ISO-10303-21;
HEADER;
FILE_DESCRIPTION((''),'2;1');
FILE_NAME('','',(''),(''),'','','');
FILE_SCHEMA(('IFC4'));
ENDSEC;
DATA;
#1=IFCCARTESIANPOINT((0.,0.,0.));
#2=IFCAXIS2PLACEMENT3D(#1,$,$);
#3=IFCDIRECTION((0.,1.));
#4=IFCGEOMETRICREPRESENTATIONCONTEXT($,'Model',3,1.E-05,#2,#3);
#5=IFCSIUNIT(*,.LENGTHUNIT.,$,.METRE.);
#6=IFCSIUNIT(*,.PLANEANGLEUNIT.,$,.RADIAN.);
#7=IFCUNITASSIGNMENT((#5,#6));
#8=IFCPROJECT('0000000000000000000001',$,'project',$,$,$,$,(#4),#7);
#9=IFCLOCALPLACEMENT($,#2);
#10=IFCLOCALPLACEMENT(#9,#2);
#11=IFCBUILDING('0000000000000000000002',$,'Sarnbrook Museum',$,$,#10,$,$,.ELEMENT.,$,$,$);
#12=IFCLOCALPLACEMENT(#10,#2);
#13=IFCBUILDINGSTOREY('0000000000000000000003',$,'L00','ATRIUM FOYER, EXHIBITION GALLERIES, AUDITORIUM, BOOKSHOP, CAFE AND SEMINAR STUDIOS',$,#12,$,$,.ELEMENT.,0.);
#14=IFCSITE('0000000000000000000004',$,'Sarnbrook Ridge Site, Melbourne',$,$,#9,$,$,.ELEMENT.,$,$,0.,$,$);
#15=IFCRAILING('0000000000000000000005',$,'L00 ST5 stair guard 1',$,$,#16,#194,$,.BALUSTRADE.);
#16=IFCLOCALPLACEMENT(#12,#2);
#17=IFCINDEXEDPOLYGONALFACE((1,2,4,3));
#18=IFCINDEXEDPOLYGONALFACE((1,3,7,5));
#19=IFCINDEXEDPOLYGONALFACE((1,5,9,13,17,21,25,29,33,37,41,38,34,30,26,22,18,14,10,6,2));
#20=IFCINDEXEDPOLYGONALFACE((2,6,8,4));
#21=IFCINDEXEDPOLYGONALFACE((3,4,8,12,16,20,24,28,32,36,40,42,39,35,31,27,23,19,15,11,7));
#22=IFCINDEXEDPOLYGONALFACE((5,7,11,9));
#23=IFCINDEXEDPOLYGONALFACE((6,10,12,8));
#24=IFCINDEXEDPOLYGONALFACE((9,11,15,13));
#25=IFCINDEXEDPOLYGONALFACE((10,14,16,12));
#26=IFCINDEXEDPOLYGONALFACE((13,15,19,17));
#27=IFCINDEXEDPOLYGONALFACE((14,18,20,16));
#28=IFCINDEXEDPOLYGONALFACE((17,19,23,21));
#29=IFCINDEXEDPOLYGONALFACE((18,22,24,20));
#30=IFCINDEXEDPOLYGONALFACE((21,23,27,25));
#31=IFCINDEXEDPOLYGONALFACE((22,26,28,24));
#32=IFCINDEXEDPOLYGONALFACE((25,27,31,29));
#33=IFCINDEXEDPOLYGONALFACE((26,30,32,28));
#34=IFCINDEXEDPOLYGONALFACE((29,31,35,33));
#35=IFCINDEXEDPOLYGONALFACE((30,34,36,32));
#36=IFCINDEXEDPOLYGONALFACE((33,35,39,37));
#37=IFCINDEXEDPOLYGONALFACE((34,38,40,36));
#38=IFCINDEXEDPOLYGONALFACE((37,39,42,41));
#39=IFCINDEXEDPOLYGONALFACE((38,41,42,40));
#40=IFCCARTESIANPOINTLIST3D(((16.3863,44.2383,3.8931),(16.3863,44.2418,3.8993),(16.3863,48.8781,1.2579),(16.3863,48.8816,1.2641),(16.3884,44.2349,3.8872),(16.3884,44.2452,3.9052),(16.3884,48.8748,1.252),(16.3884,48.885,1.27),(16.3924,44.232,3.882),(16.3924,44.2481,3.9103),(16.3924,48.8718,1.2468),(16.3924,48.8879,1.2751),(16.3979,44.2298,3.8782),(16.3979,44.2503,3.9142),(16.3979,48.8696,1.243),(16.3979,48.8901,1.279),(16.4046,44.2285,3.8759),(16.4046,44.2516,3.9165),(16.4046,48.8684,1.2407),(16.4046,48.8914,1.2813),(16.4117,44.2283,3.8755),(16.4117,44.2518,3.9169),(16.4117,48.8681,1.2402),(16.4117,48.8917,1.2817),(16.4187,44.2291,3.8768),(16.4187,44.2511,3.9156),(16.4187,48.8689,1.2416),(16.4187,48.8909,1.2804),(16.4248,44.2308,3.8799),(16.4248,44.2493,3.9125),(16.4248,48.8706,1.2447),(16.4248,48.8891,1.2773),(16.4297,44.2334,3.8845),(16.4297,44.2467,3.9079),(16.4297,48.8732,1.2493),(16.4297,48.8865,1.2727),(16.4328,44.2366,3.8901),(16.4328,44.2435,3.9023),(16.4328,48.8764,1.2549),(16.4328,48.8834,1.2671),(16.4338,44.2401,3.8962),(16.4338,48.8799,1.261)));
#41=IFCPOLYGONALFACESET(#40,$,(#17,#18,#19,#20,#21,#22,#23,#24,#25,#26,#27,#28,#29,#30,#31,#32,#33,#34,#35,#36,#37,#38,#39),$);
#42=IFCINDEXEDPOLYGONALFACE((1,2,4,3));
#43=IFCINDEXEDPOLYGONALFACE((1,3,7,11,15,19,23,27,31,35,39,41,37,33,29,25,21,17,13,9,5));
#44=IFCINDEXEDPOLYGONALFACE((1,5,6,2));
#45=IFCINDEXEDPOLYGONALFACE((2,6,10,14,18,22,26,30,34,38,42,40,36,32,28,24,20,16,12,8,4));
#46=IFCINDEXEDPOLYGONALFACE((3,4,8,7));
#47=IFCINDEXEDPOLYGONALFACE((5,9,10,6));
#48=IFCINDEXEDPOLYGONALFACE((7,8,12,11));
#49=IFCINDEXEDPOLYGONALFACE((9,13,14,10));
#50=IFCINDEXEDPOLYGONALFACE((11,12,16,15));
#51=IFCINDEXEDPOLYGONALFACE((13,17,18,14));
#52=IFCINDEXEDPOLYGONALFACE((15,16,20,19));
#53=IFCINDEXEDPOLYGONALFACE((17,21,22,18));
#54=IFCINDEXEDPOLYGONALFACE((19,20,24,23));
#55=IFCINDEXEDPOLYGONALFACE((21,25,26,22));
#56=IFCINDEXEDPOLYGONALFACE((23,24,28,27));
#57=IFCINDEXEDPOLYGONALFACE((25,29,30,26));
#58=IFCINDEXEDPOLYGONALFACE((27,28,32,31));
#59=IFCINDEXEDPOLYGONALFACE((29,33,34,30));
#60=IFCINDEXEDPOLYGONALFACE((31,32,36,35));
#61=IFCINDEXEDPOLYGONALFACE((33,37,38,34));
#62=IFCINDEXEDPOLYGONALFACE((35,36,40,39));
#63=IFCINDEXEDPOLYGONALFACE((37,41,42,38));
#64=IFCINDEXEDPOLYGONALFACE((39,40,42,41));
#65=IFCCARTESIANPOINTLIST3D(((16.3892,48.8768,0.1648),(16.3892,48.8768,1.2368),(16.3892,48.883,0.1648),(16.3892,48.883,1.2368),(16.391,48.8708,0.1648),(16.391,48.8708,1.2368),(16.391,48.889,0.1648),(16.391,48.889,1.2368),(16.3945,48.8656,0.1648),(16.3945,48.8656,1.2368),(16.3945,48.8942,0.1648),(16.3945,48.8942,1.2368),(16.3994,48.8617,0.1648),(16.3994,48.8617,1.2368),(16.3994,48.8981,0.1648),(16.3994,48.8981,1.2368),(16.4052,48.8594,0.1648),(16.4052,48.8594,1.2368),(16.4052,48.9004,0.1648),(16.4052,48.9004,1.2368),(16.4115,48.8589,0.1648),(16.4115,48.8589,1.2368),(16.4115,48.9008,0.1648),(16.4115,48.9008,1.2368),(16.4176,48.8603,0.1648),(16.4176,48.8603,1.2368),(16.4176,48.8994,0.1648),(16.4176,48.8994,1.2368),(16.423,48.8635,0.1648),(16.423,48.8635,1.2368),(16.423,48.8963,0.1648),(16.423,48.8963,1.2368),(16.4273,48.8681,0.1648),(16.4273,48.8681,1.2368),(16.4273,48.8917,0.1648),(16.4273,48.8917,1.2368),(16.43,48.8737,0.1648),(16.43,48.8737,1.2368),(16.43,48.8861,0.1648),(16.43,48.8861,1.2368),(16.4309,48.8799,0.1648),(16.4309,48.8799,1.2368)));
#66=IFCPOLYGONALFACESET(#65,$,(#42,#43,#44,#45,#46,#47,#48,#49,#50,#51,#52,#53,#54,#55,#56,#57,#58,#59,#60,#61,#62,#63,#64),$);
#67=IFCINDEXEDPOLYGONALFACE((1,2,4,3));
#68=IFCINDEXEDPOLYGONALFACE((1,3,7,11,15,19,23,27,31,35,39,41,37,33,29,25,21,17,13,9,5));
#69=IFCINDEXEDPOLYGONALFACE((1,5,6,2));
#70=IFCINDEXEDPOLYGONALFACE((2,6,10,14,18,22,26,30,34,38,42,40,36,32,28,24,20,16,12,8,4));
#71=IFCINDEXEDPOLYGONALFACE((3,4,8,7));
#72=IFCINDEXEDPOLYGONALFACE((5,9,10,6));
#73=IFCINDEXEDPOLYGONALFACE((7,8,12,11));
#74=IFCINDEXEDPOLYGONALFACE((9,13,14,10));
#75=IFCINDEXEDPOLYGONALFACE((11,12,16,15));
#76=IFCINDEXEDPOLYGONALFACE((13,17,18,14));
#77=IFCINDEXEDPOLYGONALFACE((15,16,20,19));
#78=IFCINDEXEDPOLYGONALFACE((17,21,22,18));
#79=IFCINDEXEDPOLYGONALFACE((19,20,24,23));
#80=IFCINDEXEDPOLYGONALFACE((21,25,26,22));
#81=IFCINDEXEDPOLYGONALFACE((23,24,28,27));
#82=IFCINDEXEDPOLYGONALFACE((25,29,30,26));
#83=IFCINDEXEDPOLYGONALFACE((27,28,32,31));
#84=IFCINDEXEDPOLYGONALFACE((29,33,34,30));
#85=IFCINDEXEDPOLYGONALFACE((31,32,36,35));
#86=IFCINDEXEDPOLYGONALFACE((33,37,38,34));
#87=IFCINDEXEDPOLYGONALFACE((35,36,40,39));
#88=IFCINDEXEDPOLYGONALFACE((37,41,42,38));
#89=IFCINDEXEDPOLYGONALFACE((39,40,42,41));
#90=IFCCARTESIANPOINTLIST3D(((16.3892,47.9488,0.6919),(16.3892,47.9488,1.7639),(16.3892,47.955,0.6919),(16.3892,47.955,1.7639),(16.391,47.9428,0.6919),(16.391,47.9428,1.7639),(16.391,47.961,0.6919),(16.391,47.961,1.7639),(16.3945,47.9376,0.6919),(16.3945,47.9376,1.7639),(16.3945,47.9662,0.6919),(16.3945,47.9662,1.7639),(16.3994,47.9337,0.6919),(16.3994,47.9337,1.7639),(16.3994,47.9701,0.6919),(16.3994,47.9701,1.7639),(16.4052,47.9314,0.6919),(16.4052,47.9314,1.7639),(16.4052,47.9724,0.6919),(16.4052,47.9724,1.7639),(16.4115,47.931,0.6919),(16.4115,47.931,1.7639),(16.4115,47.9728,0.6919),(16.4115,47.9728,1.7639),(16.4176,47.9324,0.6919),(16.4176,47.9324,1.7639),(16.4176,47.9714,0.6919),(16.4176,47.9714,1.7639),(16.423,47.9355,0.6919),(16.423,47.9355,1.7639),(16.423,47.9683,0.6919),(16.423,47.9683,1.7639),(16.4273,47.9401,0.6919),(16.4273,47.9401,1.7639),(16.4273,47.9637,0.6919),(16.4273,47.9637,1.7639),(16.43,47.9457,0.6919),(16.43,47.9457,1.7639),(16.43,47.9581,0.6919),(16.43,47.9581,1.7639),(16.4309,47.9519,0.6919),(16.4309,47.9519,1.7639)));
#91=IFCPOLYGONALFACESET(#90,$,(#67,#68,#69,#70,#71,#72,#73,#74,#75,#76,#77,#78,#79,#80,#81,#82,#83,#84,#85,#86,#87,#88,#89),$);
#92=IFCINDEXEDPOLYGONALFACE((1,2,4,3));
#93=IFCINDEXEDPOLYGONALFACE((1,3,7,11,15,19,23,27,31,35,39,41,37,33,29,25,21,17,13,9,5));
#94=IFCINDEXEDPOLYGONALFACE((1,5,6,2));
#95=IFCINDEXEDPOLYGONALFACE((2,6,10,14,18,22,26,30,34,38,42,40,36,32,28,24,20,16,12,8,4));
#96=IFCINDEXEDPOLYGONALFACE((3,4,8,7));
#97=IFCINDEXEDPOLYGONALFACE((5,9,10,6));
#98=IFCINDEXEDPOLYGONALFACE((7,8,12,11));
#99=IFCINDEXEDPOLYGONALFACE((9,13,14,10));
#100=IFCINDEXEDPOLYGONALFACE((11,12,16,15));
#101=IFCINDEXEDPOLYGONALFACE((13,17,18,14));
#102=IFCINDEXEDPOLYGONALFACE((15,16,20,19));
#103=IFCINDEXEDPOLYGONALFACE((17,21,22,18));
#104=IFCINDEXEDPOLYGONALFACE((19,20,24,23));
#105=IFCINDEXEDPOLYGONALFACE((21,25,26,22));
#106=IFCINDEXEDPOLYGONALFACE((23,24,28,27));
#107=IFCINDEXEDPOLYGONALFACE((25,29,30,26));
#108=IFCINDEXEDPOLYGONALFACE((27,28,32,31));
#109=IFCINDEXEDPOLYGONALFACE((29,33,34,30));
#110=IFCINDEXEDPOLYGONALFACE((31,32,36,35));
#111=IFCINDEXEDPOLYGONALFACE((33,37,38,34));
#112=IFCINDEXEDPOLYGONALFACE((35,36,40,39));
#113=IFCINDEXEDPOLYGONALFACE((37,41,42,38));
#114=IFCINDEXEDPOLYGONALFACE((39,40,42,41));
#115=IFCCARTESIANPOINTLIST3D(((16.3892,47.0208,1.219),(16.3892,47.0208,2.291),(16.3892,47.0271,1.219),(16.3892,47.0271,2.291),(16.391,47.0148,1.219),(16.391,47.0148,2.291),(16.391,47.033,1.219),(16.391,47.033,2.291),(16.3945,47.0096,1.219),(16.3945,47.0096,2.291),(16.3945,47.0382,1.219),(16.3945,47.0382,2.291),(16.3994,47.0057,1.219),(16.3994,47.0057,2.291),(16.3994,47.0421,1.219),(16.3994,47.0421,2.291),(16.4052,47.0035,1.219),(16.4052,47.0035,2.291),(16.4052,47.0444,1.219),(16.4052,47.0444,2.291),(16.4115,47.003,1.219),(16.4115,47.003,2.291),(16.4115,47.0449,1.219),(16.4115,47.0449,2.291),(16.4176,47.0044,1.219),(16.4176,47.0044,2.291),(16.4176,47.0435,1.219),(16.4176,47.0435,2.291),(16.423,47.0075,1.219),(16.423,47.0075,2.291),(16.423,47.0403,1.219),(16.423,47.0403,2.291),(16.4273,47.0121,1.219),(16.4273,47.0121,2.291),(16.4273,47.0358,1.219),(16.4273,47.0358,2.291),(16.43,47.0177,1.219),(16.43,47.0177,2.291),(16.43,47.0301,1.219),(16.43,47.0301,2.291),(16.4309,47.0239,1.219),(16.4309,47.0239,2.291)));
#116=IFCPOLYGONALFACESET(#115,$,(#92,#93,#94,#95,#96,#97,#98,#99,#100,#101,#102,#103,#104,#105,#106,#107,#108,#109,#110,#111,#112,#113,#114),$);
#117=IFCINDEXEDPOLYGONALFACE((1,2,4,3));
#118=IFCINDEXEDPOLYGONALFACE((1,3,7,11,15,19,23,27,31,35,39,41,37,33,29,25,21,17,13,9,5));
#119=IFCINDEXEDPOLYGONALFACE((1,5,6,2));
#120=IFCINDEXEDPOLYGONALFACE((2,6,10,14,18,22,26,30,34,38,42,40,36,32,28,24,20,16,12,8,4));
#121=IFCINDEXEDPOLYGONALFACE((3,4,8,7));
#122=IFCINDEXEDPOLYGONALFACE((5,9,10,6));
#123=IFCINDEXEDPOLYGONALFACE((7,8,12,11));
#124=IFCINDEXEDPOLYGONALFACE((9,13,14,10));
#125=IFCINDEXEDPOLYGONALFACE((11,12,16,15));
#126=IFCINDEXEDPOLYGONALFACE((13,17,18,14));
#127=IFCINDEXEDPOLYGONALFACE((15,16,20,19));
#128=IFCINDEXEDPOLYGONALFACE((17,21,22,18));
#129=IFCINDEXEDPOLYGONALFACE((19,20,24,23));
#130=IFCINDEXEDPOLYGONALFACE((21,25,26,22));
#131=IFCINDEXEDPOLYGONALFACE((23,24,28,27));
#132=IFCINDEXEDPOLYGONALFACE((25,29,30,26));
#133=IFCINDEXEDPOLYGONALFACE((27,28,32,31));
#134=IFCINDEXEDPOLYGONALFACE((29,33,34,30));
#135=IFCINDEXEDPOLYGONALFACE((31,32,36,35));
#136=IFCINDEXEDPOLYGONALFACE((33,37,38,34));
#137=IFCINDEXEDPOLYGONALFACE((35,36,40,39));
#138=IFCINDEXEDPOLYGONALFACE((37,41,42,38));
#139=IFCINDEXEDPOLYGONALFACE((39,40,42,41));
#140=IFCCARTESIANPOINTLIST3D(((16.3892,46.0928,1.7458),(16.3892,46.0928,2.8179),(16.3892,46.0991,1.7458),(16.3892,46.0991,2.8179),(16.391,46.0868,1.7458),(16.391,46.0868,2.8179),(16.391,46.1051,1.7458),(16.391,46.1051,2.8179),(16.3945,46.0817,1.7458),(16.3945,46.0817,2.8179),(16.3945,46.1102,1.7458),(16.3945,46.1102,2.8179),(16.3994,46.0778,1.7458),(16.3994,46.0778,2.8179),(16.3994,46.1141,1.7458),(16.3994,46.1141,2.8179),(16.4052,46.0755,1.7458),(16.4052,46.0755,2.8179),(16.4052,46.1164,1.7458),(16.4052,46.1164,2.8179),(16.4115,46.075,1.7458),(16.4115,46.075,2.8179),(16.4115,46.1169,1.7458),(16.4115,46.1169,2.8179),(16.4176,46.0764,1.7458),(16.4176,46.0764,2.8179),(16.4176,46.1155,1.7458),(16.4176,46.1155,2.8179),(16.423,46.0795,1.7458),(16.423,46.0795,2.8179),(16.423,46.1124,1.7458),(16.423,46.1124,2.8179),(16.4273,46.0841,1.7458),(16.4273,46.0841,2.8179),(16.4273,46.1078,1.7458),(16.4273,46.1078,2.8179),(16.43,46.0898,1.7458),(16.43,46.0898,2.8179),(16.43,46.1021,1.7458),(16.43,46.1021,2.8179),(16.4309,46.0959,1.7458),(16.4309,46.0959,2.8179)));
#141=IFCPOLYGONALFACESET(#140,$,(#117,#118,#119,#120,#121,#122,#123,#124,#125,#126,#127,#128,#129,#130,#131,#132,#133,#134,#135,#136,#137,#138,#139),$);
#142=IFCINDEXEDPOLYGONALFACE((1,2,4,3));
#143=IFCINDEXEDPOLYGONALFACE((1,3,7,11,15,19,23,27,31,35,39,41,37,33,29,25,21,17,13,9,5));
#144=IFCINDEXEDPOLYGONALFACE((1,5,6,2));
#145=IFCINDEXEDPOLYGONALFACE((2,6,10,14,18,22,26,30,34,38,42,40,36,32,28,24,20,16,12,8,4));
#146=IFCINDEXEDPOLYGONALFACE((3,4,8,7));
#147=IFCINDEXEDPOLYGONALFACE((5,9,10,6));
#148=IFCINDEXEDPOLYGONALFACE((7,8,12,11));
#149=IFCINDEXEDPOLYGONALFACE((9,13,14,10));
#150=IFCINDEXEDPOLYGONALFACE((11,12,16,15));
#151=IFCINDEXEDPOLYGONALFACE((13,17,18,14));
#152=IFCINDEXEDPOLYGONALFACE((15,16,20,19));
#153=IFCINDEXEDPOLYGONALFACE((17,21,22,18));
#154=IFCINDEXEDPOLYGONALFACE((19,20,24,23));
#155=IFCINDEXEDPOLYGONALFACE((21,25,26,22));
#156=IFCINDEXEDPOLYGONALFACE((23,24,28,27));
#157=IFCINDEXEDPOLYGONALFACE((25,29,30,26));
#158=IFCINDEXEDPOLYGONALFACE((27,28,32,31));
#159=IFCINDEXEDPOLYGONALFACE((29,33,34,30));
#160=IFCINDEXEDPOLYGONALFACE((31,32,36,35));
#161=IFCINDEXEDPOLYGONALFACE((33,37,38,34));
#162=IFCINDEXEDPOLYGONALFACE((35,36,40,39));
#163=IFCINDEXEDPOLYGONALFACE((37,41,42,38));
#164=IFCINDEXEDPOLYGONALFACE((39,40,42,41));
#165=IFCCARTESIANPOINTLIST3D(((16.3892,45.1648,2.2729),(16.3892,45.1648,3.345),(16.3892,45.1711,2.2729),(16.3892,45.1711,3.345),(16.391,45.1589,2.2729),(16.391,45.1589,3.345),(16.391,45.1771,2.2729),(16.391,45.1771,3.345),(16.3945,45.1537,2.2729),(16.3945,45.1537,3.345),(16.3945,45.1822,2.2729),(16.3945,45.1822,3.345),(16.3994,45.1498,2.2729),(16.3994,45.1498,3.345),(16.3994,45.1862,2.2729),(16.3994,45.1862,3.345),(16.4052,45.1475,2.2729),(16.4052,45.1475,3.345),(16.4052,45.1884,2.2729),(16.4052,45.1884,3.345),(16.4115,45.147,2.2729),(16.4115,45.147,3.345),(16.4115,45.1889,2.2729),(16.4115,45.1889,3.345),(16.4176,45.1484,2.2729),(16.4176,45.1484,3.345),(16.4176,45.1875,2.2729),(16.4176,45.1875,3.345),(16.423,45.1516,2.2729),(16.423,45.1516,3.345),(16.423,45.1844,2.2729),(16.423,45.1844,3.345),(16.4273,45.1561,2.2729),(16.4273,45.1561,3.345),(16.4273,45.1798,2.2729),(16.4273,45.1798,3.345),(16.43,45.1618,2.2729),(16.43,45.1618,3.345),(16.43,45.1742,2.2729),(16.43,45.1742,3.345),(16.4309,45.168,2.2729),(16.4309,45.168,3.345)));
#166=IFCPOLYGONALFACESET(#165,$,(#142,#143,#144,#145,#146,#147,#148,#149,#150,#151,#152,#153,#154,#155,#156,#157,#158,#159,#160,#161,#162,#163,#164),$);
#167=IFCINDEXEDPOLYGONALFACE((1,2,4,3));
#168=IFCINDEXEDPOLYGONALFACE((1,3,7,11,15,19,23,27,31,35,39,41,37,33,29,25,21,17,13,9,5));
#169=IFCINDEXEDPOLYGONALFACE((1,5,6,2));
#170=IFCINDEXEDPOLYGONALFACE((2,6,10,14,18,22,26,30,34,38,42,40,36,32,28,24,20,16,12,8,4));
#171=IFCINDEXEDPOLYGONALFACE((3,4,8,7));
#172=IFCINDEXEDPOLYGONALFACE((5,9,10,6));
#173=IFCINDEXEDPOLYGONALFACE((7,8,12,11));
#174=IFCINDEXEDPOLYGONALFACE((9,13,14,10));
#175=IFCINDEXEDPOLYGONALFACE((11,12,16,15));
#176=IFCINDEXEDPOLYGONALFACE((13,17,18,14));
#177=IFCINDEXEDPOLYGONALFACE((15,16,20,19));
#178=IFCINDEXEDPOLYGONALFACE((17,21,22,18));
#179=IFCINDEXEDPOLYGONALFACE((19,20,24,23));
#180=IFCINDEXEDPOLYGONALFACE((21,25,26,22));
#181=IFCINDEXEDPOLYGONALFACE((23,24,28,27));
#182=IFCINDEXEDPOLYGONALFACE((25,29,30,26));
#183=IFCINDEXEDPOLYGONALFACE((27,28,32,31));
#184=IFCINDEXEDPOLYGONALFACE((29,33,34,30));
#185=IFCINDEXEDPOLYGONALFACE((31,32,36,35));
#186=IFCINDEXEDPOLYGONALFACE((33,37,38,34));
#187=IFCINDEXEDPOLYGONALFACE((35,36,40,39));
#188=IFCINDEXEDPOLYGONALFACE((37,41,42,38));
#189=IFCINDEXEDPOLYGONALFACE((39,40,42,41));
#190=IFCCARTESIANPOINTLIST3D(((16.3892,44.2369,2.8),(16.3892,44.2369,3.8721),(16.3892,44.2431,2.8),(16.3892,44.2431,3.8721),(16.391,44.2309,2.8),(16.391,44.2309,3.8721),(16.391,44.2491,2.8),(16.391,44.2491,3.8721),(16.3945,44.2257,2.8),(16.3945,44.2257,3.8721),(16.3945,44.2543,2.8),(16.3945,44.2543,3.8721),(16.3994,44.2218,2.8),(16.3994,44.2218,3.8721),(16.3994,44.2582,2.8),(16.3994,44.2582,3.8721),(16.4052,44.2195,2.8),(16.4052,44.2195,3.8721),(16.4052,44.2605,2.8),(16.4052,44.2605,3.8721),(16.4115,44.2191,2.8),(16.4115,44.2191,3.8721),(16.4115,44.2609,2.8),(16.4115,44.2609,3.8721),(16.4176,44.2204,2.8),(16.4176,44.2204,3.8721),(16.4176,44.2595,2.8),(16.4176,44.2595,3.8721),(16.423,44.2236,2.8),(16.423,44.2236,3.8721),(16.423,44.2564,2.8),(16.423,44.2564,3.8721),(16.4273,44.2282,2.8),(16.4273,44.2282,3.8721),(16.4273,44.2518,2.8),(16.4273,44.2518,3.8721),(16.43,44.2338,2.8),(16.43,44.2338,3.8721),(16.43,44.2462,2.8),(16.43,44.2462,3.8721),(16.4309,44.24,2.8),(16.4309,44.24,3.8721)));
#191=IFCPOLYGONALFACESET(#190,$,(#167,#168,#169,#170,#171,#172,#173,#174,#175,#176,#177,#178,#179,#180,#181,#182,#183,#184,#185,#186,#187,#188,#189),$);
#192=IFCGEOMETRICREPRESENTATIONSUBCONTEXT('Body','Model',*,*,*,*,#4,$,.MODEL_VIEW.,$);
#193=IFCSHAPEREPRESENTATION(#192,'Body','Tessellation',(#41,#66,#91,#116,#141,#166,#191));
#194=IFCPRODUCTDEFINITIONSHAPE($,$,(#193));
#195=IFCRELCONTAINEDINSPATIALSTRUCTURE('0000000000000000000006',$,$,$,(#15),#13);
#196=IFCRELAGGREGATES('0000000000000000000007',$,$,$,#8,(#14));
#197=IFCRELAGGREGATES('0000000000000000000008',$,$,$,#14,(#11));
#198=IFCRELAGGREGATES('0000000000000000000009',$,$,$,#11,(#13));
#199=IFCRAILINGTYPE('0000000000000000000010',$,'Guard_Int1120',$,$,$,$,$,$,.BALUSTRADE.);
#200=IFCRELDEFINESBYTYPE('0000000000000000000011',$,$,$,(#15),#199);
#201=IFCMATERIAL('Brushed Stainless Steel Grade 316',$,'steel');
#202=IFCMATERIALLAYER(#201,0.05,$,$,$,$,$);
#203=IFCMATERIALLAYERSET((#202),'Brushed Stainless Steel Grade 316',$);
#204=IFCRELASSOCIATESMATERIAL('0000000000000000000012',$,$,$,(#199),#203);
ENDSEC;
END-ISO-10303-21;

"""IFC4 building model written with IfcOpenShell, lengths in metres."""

from ifc_helpers import new_model, si_unit, direction, frame, origin, origin_2d, place, context, subcontext, project, spatial, circle, extrude, material, layer, layer_set, type_object, element, save


model = new_model("IFC4")

# Units and contexts
model_context = context("Model", 3, precision=1e-05, world=origin(), true_north=direction((0.0, 1.0)))
body_context = subcontext(model_context, "Body", "Model", "MODEL_VIEW")
ifc_project = project(units=[si_unit("LENGTHUNIT", "METRE"), si_unit("PLANEANGLEUNIT", "RADIAN")], contexts=[model_context])

# Site, building, storey
site_placement = place(None, origin())
site = spatial("IfcSite", under=ifc_project, at=site_placement, Name="Sarnbrook Ridge Site, Melbourne", CompositionType="ELEMENT", RefElevation=0.0)
building_placement = place(site_placement, origin())
building = spatial("IfcBuilding", under=site, at=building_placement, Name="Sarnbrook Museum", CompositionType="ELEMENT")
storey_placement = place(building_placement, origin())
storey = spatial("IfcBuildingStorey", under=building, at=storey_placement, Name="L00", Description="ATRIUM FOYER, EXHIBITION GALLERIES, AUDITORIUM, BOOKSHOP, CAFE AND SEMINAR STUDIOS", CompositionType="ELEMENT", Elevation=0.0)

# Railing
ifc_material_1 = material(Name="Brushed Stainless Steel Grade 316", Category="steel")
ifc_layer_1 = layer(ifc_material_1, 0.05)
ifc_layer_set_1 = layer_set([ifc_layer_1], Name="Brushed Stainless Steel Grade 316")
railing_type_1 = type_object("IfcRailingType", Name="Guard_Int1120", PredefinedType="BALUSTRADE", material=ifc_layer_set_1)
railing_1_placement = place(storey_placement, frame((16.4099, 48.8799, 0.1648)))
element("IfcRailing", 1, at=railing_1_placement, inside=storey, type_object=railing_type_1, Name="L00 ST5 stair guard 1", PredefinedType="BALUSTRADE", context=body_context, shape_type="SweptSolid", body=[
    extrude(circle(Radius=0.0239, at=origin_2d()), frame((0.0, 0.0, 1.0962), z_axis=(0.0, -0.869541, 0.493861), x_axis=(1.0, 0.0, 0.0)), (0.0, 0.0, 1.0), 5.3359),
    extrude(circle(Radius=0.021, at=origin_2d()), origin(), (0.0, 0.0, 1.0), 1.072),
    extrude(circle(Radius=0.021, at=origin_2d()), frame((0.0, -0.928, 0.5271)), (0.0, 0.0, 1.0), 1.072),
    extrude(circle(Radius=0.021, at=origin_2d()), frame((0.0, -1.856, 1.0542)), (0.0, 0.0, 1.0), 1.072),
    extrude(circle(Radius=0.021, at=origin_2d()), frame((0.0, -2.7839, 1.5811)), (0.0, 0.0, 1.0), 1.072),
    extrude(circle(Radius=0.021, at=origin_2d()), frame((0.0, -3.7119, 2.1082)), (0.0, 0.0, 1.0), 1.072),
    extrude(circle(Radius=0.021, at=origin_2d()), frame((0.0, -4.6399, 2.6353)), (0.0, 0.0, 1.0), 1.072),
])

save(model, "model.ifc")
